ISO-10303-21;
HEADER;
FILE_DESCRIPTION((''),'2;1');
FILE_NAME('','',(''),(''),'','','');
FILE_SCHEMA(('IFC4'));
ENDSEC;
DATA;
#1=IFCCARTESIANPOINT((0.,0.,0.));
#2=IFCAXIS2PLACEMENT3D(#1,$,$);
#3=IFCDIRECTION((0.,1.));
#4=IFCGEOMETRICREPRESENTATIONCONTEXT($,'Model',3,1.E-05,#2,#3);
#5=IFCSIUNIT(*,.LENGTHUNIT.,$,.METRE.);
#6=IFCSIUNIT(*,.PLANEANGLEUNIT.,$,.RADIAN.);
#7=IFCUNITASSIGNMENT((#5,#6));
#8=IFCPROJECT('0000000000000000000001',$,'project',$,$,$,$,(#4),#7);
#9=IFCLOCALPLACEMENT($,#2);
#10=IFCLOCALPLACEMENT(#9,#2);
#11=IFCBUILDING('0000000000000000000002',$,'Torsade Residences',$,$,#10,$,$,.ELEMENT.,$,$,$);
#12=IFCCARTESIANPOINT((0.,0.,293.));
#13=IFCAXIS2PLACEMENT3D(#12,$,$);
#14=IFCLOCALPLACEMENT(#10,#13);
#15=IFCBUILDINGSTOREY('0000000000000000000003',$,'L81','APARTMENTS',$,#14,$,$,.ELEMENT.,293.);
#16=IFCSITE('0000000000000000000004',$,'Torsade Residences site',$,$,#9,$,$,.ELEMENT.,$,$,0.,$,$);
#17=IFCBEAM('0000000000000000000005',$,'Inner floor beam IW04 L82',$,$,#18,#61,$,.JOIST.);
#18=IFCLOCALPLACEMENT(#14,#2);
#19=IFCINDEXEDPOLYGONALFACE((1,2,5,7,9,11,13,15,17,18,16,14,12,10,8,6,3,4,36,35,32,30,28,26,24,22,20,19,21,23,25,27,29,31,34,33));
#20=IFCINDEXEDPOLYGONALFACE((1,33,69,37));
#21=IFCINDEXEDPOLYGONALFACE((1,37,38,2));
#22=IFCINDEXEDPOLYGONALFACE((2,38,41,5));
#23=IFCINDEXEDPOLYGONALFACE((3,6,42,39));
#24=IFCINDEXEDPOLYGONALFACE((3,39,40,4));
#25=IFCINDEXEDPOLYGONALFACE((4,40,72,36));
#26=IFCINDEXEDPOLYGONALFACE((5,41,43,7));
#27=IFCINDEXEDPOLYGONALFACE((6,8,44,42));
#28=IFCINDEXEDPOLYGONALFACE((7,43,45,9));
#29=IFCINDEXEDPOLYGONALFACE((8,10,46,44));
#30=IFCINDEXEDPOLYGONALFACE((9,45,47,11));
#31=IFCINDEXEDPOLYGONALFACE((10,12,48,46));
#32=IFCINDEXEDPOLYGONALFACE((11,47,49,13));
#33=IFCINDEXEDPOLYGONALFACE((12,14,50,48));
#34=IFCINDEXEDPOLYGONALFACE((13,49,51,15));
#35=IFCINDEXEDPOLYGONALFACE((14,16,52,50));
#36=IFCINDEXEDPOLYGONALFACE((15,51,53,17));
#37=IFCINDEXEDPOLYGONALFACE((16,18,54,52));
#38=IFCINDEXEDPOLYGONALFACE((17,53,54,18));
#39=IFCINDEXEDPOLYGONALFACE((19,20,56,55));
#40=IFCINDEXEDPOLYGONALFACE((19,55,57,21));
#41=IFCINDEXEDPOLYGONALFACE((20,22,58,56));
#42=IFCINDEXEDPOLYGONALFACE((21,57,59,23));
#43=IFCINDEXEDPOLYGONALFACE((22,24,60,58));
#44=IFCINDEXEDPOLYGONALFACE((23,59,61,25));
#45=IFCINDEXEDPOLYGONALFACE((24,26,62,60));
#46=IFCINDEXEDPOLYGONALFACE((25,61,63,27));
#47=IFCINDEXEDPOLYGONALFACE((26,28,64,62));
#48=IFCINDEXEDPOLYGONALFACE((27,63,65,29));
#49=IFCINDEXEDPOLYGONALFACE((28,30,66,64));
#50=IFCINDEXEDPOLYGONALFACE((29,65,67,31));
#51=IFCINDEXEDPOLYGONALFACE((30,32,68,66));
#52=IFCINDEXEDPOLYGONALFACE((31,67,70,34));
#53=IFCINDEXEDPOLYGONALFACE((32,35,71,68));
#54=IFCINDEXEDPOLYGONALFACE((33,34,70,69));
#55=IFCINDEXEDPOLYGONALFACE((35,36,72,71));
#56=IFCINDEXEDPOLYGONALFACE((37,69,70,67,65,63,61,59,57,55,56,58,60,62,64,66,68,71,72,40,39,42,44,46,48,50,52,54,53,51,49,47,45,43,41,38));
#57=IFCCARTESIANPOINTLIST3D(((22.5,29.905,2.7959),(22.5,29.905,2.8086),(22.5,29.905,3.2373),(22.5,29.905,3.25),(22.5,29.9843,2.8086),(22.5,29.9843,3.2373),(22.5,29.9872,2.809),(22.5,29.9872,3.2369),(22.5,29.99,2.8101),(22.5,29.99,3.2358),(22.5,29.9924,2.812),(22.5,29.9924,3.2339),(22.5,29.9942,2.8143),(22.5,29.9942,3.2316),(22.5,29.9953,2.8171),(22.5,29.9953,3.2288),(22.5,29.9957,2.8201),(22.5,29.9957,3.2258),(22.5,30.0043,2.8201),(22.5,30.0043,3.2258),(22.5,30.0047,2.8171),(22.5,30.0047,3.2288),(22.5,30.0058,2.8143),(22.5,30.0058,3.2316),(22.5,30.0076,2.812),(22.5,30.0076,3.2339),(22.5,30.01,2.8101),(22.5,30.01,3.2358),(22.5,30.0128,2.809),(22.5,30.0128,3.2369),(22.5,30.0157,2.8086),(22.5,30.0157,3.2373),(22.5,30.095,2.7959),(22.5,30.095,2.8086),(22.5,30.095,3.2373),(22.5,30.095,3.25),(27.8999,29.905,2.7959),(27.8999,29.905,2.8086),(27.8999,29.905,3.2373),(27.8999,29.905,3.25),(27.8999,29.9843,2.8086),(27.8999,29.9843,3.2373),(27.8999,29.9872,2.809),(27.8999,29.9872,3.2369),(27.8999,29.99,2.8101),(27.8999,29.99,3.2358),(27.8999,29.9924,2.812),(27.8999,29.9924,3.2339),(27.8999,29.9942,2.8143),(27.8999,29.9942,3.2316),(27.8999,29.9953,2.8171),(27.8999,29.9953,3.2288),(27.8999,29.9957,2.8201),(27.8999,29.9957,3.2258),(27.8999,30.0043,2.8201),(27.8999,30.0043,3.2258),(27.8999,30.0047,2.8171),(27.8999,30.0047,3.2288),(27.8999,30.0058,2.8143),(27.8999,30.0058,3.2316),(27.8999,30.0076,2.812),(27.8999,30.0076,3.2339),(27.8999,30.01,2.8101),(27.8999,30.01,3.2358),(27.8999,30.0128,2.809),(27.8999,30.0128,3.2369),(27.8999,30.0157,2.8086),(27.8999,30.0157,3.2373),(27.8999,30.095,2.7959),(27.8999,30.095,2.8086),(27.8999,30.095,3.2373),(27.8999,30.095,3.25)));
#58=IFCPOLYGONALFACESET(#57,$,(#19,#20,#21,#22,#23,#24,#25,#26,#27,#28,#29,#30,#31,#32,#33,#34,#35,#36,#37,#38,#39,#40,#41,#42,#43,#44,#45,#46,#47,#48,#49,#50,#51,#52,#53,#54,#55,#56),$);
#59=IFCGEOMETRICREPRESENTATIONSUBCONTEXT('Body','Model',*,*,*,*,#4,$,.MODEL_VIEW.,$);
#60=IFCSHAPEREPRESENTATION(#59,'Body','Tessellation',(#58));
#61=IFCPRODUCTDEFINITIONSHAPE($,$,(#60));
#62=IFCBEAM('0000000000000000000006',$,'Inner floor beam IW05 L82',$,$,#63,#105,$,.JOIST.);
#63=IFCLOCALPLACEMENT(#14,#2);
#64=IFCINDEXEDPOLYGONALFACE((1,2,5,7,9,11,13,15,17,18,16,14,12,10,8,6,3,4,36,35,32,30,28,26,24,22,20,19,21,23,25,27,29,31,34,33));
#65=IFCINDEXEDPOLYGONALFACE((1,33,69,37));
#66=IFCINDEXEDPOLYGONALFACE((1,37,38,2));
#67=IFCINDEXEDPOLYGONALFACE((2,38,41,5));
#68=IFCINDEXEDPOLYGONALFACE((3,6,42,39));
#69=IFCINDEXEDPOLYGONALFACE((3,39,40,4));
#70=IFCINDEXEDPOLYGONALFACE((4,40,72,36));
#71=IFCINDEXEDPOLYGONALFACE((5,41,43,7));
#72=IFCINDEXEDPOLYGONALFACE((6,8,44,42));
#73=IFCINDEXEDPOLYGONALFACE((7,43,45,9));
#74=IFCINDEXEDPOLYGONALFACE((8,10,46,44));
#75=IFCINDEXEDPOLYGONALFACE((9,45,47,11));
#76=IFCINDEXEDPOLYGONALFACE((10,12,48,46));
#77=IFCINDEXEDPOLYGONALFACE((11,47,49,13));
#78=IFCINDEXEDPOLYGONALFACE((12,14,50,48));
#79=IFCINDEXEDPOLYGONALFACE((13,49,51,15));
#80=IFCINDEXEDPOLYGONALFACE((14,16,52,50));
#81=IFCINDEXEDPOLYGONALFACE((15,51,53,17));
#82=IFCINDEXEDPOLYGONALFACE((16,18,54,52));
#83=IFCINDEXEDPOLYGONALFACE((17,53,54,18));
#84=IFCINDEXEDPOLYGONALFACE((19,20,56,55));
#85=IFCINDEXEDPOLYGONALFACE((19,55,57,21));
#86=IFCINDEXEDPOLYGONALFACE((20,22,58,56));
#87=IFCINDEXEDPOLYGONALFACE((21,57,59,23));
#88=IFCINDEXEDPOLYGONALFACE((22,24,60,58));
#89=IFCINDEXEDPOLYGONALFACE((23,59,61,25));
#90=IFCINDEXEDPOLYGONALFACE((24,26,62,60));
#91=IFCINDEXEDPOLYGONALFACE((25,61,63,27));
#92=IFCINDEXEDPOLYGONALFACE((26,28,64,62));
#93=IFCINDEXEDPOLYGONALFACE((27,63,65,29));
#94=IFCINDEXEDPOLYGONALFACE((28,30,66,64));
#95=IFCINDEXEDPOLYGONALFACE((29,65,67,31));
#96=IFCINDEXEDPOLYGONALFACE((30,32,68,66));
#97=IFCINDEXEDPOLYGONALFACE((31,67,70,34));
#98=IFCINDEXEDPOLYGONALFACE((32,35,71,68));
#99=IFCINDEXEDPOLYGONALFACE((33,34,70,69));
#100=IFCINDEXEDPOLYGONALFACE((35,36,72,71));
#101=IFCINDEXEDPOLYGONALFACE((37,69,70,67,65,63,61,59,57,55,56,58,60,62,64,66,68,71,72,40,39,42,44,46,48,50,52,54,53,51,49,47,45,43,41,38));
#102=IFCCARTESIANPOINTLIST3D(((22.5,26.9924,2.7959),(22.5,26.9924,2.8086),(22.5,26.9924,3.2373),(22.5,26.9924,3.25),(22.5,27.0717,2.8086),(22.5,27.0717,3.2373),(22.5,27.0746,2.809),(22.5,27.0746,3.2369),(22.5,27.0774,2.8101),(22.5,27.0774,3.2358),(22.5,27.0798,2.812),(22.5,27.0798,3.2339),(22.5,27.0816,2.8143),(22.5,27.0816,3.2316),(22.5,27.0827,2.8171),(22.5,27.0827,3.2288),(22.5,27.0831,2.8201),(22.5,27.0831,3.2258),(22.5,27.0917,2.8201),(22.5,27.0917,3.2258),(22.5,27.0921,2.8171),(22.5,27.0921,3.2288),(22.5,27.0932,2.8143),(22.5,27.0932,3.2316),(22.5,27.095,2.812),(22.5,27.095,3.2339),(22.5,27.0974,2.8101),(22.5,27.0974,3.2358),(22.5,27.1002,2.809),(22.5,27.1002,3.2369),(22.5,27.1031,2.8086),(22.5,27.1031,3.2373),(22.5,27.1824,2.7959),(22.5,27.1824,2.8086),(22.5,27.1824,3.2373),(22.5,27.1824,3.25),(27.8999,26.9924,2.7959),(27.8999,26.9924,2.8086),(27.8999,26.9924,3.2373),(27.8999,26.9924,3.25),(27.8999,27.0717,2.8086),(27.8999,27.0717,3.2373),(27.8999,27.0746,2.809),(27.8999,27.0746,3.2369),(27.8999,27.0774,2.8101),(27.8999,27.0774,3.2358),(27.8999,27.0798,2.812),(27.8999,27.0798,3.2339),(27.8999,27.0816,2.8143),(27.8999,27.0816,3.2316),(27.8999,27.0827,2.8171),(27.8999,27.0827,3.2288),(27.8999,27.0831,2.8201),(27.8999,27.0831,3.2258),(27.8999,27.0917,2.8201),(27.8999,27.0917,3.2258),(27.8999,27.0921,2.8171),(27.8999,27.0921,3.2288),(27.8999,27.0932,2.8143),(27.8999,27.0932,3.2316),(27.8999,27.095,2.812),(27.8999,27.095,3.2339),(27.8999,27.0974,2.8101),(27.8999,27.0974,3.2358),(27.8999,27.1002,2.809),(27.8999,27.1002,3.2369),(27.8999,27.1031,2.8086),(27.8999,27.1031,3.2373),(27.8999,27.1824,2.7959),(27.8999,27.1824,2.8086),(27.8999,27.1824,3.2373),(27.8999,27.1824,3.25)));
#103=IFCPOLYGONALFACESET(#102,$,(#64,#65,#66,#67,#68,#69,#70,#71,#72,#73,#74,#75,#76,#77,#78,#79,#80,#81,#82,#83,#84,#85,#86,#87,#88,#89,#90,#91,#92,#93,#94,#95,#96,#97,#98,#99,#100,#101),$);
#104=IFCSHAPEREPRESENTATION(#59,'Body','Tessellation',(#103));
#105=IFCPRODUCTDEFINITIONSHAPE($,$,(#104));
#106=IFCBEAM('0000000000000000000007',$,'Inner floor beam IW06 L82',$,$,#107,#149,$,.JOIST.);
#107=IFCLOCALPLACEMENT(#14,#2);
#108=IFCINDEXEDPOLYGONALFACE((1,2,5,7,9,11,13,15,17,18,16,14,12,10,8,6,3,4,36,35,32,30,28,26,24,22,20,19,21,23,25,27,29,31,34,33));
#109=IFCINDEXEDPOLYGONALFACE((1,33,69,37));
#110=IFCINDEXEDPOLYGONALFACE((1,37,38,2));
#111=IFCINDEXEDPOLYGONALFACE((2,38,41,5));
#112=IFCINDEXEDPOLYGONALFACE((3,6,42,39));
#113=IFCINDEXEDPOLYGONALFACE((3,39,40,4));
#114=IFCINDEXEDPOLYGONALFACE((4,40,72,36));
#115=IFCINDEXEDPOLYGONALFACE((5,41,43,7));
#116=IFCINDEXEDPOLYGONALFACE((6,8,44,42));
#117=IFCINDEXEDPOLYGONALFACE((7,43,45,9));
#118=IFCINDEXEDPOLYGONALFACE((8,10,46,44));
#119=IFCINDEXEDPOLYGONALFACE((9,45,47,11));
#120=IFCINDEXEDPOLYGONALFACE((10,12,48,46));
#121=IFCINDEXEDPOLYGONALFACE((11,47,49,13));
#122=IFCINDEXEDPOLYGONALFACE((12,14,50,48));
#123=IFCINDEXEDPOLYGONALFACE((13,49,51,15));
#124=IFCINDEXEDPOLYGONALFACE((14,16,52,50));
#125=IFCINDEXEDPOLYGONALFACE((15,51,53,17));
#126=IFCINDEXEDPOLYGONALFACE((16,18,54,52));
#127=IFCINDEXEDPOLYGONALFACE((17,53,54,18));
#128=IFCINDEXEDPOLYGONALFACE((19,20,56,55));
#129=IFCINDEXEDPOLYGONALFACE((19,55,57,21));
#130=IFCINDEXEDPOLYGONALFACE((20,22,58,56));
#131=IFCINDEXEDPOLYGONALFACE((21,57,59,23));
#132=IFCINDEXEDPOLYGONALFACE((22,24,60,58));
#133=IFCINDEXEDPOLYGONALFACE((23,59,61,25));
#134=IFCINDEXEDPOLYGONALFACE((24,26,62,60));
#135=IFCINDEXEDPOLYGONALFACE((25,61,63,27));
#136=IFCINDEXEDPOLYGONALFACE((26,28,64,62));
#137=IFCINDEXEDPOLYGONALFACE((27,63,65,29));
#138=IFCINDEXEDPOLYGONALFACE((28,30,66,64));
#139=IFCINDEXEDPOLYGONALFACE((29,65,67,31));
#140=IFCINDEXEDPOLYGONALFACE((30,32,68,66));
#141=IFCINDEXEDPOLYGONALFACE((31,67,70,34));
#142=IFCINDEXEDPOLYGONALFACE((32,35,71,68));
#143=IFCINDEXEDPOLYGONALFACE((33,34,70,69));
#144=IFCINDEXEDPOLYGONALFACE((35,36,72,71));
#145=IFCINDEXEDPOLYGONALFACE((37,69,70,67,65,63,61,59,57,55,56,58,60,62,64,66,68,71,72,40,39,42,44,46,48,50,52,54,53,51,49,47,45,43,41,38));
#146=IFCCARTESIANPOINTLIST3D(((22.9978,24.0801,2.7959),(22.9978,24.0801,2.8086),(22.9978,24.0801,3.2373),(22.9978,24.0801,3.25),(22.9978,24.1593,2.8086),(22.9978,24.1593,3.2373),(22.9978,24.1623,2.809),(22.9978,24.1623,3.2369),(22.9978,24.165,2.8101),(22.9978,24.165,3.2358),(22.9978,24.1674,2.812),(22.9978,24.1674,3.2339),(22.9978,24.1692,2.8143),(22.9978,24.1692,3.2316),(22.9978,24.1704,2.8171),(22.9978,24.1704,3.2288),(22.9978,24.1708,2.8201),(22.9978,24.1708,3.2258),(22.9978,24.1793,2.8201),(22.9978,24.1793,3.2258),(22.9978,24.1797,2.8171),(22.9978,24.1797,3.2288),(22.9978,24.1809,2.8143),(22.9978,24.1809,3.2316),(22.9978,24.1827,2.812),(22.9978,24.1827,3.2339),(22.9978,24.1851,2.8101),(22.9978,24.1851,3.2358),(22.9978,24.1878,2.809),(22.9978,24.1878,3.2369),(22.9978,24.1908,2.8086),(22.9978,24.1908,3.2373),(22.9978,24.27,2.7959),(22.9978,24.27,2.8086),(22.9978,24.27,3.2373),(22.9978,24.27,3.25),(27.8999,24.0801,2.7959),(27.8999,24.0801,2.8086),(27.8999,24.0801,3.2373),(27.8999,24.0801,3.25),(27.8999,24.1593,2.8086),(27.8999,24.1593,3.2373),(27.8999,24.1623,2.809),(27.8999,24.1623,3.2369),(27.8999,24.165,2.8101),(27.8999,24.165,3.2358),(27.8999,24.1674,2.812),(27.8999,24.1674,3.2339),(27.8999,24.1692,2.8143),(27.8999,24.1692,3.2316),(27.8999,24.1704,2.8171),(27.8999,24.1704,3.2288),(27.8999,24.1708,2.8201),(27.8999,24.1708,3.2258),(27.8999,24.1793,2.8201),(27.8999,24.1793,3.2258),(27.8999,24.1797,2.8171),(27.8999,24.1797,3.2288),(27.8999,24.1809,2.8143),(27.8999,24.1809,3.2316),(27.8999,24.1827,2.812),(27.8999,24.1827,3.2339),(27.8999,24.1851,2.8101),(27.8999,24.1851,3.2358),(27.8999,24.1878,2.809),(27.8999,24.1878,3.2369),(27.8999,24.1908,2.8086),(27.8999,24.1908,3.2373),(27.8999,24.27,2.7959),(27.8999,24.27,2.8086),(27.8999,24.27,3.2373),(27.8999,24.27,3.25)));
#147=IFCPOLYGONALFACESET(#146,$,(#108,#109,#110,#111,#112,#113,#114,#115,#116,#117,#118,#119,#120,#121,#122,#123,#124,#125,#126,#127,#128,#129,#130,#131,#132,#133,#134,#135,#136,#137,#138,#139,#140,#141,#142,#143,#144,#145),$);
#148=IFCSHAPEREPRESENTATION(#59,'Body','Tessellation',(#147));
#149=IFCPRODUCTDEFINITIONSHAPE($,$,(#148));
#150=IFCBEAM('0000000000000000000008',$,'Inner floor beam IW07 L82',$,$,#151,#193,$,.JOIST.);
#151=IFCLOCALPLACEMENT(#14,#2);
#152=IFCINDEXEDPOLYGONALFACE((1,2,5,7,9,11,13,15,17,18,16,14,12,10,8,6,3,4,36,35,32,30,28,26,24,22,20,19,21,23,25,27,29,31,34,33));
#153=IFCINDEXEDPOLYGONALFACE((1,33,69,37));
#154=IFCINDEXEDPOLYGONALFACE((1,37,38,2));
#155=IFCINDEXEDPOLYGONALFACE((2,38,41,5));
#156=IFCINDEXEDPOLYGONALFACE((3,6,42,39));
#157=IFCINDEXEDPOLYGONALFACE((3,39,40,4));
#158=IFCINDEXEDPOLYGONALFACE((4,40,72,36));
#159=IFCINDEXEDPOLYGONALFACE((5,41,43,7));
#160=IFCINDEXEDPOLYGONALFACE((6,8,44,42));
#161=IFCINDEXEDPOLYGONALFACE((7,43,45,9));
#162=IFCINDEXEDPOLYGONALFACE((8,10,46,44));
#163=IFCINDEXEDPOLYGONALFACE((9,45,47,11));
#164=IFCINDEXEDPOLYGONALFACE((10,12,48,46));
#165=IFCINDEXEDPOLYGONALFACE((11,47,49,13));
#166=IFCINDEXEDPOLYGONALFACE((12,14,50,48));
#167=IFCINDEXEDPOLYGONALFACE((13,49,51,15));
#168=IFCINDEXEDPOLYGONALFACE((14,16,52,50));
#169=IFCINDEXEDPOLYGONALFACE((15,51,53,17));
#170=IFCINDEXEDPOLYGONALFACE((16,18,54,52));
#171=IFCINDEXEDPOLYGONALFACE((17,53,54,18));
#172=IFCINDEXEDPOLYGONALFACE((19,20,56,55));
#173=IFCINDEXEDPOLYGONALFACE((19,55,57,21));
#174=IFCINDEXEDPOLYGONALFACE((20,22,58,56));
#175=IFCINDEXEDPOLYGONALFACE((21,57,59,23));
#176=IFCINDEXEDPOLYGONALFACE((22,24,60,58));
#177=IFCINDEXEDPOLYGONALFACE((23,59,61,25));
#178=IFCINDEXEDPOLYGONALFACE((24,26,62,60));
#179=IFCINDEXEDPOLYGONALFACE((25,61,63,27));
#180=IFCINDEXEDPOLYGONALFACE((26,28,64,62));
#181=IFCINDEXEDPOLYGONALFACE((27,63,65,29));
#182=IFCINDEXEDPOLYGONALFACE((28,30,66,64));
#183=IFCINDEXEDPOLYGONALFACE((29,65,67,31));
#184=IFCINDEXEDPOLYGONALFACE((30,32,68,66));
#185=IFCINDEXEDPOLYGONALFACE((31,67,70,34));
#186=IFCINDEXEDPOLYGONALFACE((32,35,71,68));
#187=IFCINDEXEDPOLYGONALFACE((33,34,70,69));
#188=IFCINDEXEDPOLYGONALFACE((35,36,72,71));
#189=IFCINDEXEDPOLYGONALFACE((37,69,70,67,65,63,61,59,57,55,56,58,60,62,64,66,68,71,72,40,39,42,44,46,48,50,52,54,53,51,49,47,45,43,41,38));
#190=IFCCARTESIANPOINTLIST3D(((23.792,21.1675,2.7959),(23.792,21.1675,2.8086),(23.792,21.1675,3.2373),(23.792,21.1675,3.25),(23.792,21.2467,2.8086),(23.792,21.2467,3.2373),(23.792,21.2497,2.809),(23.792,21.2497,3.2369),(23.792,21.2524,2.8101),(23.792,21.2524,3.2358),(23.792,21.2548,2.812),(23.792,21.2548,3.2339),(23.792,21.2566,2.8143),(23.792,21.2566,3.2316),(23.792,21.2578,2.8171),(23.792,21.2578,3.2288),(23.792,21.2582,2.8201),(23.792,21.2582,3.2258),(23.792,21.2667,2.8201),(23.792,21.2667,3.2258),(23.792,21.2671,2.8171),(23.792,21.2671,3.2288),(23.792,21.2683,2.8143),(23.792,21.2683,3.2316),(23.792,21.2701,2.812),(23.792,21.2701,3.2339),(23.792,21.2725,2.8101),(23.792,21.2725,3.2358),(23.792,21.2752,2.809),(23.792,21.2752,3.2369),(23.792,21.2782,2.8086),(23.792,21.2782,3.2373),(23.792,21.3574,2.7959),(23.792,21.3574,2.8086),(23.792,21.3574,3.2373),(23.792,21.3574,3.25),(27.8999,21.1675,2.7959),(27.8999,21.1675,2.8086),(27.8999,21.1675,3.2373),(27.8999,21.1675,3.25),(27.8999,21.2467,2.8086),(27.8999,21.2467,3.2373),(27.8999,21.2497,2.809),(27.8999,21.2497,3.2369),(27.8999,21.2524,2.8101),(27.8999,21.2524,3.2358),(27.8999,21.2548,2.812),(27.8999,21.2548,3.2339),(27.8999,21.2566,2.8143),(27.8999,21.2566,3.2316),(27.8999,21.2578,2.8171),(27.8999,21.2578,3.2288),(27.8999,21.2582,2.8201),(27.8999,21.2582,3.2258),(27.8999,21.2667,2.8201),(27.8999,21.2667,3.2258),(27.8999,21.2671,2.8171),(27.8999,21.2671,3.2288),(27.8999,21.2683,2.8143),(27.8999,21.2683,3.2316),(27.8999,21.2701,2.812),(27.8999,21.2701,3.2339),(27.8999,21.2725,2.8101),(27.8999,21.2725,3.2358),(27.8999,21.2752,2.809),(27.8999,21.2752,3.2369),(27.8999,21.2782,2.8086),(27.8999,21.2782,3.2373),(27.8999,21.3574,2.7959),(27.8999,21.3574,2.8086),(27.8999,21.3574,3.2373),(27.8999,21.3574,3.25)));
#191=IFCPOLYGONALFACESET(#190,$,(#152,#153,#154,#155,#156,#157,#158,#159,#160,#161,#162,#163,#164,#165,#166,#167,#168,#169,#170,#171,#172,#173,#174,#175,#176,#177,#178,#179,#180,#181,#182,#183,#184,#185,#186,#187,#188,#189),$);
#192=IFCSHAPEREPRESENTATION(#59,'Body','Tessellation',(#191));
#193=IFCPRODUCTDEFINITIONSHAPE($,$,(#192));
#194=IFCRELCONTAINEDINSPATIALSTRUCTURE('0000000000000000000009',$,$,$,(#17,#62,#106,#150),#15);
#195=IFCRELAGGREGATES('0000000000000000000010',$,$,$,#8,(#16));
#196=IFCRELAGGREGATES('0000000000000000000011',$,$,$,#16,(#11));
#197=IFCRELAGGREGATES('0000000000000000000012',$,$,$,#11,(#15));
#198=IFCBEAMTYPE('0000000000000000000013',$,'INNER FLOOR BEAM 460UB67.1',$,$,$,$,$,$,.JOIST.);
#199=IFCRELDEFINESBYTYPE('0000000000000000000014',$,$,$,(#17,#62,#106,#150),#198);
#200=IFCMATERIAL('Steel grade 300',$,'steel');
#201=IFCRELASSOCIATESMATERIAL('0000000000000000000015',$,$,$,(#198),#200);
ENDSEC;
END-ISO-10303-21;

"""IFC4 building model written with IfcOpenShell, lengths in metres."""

from ifc_helpers import new_model, si_unit, direction, frame, origin, origin_2d, place, context, subcontext, project, spatial, i_section, extrude, material, material_profile, profile_set, type_object, element, save


model = new_model("IFC4")

# Units and contexts
model_context = context("Model", 3, precision=1e-05, world=origin(), true_north=direction((0.0, 1.0)))
body_context = subcontext(model_context, "Body", "Model", "MODEL_VIEW")
ifc_project = project(units=[si_unit("LENGTHUNIT", "METRE"), si_unit("PLANEANGLEUNIT", "RADIAN")], contexts=[model_context])

# Site, building, storey
site_placement = place(None, origin())
site = spatial("IfcSite", under=ifc_project, at=site_placement, Name="Torsade Residences site", CompositionType="ELEMENT", RefElevation=0.0)
building_placement = place(site_placement, origin())
building = spatial("IfcBuilding", under=site, at=building_placement, Name="Torsade Residences", CompositionType="ELEMENT")
storey_placement = place(building_placement, frame((0.0, 0.0, 293.0)))
storey = spatial("IfcBuildingStorey", under=building, at=storey_placement, Name="L81", Description="APARTMENTS", CompositionType="ELEMENT", Elevation=293.0)

# Beams
ifc_material_1 = material(Name="Steel grade 300", Category="steel")
ifc_material_profile_1 = material_profile(ifc_material_1, i_section(OverallWidth=0.1899, OverallDepth=0.4541, WebThickness=0.0085, FlangeThickness=0.0127, FilletRadius=0.0115, at=origin_2d()), Name="460UB67.1")
ifc_profile_set_1 = profile_set([ifc_material_profile_1], Name="Steel grade 300")
beam_type_1 = type_object("IfcBeamType", Name="INNER FLOOR BEAM 460UB67.1", PredefinedType="JOIST", material=ifc_profile_set_1)
for number, where, z_axis, x_axis, name in (
    (1, (27.8999, 30.0, 3.0229), (-1.0, 0.0, 0.0), (0.0, -1.0, 0.0), "Inner floor beam IW04 L82"),
    (2, (27.8999, 27.0874, 3.0229), (-1.0, 0.0, 0.0), (0.0, -1.0, 0.0), "Inner floor beam IW05 L82"),
):
    element("IfcBeam", number, at=place(storey_placement, frame(where, z_axis=z_axis, x_axis=x_axis)), inside=storey, type_object=beam_type_1, Name=name, PredefinedType="JOIST", context=body_context, shape_type="SweptSolid", body=[
        extrude(i_section(OverallWidth=0.1899, OverallDepth=0.4541, WebThickness=0.0085, FlangeThickness=0.0127, FilletRadius=0.0115, at=origin_2d()), origin(), (0.0, 0.0, 1.0), 5.3999),
    ])
beam_1_placement = place(storey_placement, frame((27.8999, 24.175, 3.0229), z_axis=(-1.0, 0.0, 0.0), x_axis=(0.0, -1.0, 0.0)))
element("IfcBeam", 3, at=beam_1_placement, inside=storey, type_object=beam_type_1, Name="Inner floor beam IW06 L82", PredefinedType="JOIST", context=body_context, shape_type="SweptSolid", body=[
    extrude(i_section(OverallWidth=0.1899, OverallDepth=0.4541, WebThickness=0.0085, FlangeThickness=0.0127, FilletRadius=0.0115, at=origin_2d()), origin(), (0.0, 0.0, 1.0), 4.9021),
])
beam_2_placement = place(storey_placement, frame((27.8999, 21.2625, 3.0229), z_axis=(-1.0, 0.0, 0.0), x_axis=(0.0, -1.0, 0.0)))
element("IfcBeam", 4, at=beam_2_placement, inside=storey, type_object=beam_type_1, Name="Inner floor beam IW07 L82", PredefinedType="JOIST", context=body_context, shape_type="SweptSolid", body=[
    extrude(i_section(OverallWidth=0.1899, OverallDepth=0.4541, WebThickness=0.0085, FlangeThickness=0.0127, FilletRadius=0.0115, at=origin_2d()), origin(), (0.0, 0.0, 1.0), 4.1079),
])

save(model, "model.ifc")
